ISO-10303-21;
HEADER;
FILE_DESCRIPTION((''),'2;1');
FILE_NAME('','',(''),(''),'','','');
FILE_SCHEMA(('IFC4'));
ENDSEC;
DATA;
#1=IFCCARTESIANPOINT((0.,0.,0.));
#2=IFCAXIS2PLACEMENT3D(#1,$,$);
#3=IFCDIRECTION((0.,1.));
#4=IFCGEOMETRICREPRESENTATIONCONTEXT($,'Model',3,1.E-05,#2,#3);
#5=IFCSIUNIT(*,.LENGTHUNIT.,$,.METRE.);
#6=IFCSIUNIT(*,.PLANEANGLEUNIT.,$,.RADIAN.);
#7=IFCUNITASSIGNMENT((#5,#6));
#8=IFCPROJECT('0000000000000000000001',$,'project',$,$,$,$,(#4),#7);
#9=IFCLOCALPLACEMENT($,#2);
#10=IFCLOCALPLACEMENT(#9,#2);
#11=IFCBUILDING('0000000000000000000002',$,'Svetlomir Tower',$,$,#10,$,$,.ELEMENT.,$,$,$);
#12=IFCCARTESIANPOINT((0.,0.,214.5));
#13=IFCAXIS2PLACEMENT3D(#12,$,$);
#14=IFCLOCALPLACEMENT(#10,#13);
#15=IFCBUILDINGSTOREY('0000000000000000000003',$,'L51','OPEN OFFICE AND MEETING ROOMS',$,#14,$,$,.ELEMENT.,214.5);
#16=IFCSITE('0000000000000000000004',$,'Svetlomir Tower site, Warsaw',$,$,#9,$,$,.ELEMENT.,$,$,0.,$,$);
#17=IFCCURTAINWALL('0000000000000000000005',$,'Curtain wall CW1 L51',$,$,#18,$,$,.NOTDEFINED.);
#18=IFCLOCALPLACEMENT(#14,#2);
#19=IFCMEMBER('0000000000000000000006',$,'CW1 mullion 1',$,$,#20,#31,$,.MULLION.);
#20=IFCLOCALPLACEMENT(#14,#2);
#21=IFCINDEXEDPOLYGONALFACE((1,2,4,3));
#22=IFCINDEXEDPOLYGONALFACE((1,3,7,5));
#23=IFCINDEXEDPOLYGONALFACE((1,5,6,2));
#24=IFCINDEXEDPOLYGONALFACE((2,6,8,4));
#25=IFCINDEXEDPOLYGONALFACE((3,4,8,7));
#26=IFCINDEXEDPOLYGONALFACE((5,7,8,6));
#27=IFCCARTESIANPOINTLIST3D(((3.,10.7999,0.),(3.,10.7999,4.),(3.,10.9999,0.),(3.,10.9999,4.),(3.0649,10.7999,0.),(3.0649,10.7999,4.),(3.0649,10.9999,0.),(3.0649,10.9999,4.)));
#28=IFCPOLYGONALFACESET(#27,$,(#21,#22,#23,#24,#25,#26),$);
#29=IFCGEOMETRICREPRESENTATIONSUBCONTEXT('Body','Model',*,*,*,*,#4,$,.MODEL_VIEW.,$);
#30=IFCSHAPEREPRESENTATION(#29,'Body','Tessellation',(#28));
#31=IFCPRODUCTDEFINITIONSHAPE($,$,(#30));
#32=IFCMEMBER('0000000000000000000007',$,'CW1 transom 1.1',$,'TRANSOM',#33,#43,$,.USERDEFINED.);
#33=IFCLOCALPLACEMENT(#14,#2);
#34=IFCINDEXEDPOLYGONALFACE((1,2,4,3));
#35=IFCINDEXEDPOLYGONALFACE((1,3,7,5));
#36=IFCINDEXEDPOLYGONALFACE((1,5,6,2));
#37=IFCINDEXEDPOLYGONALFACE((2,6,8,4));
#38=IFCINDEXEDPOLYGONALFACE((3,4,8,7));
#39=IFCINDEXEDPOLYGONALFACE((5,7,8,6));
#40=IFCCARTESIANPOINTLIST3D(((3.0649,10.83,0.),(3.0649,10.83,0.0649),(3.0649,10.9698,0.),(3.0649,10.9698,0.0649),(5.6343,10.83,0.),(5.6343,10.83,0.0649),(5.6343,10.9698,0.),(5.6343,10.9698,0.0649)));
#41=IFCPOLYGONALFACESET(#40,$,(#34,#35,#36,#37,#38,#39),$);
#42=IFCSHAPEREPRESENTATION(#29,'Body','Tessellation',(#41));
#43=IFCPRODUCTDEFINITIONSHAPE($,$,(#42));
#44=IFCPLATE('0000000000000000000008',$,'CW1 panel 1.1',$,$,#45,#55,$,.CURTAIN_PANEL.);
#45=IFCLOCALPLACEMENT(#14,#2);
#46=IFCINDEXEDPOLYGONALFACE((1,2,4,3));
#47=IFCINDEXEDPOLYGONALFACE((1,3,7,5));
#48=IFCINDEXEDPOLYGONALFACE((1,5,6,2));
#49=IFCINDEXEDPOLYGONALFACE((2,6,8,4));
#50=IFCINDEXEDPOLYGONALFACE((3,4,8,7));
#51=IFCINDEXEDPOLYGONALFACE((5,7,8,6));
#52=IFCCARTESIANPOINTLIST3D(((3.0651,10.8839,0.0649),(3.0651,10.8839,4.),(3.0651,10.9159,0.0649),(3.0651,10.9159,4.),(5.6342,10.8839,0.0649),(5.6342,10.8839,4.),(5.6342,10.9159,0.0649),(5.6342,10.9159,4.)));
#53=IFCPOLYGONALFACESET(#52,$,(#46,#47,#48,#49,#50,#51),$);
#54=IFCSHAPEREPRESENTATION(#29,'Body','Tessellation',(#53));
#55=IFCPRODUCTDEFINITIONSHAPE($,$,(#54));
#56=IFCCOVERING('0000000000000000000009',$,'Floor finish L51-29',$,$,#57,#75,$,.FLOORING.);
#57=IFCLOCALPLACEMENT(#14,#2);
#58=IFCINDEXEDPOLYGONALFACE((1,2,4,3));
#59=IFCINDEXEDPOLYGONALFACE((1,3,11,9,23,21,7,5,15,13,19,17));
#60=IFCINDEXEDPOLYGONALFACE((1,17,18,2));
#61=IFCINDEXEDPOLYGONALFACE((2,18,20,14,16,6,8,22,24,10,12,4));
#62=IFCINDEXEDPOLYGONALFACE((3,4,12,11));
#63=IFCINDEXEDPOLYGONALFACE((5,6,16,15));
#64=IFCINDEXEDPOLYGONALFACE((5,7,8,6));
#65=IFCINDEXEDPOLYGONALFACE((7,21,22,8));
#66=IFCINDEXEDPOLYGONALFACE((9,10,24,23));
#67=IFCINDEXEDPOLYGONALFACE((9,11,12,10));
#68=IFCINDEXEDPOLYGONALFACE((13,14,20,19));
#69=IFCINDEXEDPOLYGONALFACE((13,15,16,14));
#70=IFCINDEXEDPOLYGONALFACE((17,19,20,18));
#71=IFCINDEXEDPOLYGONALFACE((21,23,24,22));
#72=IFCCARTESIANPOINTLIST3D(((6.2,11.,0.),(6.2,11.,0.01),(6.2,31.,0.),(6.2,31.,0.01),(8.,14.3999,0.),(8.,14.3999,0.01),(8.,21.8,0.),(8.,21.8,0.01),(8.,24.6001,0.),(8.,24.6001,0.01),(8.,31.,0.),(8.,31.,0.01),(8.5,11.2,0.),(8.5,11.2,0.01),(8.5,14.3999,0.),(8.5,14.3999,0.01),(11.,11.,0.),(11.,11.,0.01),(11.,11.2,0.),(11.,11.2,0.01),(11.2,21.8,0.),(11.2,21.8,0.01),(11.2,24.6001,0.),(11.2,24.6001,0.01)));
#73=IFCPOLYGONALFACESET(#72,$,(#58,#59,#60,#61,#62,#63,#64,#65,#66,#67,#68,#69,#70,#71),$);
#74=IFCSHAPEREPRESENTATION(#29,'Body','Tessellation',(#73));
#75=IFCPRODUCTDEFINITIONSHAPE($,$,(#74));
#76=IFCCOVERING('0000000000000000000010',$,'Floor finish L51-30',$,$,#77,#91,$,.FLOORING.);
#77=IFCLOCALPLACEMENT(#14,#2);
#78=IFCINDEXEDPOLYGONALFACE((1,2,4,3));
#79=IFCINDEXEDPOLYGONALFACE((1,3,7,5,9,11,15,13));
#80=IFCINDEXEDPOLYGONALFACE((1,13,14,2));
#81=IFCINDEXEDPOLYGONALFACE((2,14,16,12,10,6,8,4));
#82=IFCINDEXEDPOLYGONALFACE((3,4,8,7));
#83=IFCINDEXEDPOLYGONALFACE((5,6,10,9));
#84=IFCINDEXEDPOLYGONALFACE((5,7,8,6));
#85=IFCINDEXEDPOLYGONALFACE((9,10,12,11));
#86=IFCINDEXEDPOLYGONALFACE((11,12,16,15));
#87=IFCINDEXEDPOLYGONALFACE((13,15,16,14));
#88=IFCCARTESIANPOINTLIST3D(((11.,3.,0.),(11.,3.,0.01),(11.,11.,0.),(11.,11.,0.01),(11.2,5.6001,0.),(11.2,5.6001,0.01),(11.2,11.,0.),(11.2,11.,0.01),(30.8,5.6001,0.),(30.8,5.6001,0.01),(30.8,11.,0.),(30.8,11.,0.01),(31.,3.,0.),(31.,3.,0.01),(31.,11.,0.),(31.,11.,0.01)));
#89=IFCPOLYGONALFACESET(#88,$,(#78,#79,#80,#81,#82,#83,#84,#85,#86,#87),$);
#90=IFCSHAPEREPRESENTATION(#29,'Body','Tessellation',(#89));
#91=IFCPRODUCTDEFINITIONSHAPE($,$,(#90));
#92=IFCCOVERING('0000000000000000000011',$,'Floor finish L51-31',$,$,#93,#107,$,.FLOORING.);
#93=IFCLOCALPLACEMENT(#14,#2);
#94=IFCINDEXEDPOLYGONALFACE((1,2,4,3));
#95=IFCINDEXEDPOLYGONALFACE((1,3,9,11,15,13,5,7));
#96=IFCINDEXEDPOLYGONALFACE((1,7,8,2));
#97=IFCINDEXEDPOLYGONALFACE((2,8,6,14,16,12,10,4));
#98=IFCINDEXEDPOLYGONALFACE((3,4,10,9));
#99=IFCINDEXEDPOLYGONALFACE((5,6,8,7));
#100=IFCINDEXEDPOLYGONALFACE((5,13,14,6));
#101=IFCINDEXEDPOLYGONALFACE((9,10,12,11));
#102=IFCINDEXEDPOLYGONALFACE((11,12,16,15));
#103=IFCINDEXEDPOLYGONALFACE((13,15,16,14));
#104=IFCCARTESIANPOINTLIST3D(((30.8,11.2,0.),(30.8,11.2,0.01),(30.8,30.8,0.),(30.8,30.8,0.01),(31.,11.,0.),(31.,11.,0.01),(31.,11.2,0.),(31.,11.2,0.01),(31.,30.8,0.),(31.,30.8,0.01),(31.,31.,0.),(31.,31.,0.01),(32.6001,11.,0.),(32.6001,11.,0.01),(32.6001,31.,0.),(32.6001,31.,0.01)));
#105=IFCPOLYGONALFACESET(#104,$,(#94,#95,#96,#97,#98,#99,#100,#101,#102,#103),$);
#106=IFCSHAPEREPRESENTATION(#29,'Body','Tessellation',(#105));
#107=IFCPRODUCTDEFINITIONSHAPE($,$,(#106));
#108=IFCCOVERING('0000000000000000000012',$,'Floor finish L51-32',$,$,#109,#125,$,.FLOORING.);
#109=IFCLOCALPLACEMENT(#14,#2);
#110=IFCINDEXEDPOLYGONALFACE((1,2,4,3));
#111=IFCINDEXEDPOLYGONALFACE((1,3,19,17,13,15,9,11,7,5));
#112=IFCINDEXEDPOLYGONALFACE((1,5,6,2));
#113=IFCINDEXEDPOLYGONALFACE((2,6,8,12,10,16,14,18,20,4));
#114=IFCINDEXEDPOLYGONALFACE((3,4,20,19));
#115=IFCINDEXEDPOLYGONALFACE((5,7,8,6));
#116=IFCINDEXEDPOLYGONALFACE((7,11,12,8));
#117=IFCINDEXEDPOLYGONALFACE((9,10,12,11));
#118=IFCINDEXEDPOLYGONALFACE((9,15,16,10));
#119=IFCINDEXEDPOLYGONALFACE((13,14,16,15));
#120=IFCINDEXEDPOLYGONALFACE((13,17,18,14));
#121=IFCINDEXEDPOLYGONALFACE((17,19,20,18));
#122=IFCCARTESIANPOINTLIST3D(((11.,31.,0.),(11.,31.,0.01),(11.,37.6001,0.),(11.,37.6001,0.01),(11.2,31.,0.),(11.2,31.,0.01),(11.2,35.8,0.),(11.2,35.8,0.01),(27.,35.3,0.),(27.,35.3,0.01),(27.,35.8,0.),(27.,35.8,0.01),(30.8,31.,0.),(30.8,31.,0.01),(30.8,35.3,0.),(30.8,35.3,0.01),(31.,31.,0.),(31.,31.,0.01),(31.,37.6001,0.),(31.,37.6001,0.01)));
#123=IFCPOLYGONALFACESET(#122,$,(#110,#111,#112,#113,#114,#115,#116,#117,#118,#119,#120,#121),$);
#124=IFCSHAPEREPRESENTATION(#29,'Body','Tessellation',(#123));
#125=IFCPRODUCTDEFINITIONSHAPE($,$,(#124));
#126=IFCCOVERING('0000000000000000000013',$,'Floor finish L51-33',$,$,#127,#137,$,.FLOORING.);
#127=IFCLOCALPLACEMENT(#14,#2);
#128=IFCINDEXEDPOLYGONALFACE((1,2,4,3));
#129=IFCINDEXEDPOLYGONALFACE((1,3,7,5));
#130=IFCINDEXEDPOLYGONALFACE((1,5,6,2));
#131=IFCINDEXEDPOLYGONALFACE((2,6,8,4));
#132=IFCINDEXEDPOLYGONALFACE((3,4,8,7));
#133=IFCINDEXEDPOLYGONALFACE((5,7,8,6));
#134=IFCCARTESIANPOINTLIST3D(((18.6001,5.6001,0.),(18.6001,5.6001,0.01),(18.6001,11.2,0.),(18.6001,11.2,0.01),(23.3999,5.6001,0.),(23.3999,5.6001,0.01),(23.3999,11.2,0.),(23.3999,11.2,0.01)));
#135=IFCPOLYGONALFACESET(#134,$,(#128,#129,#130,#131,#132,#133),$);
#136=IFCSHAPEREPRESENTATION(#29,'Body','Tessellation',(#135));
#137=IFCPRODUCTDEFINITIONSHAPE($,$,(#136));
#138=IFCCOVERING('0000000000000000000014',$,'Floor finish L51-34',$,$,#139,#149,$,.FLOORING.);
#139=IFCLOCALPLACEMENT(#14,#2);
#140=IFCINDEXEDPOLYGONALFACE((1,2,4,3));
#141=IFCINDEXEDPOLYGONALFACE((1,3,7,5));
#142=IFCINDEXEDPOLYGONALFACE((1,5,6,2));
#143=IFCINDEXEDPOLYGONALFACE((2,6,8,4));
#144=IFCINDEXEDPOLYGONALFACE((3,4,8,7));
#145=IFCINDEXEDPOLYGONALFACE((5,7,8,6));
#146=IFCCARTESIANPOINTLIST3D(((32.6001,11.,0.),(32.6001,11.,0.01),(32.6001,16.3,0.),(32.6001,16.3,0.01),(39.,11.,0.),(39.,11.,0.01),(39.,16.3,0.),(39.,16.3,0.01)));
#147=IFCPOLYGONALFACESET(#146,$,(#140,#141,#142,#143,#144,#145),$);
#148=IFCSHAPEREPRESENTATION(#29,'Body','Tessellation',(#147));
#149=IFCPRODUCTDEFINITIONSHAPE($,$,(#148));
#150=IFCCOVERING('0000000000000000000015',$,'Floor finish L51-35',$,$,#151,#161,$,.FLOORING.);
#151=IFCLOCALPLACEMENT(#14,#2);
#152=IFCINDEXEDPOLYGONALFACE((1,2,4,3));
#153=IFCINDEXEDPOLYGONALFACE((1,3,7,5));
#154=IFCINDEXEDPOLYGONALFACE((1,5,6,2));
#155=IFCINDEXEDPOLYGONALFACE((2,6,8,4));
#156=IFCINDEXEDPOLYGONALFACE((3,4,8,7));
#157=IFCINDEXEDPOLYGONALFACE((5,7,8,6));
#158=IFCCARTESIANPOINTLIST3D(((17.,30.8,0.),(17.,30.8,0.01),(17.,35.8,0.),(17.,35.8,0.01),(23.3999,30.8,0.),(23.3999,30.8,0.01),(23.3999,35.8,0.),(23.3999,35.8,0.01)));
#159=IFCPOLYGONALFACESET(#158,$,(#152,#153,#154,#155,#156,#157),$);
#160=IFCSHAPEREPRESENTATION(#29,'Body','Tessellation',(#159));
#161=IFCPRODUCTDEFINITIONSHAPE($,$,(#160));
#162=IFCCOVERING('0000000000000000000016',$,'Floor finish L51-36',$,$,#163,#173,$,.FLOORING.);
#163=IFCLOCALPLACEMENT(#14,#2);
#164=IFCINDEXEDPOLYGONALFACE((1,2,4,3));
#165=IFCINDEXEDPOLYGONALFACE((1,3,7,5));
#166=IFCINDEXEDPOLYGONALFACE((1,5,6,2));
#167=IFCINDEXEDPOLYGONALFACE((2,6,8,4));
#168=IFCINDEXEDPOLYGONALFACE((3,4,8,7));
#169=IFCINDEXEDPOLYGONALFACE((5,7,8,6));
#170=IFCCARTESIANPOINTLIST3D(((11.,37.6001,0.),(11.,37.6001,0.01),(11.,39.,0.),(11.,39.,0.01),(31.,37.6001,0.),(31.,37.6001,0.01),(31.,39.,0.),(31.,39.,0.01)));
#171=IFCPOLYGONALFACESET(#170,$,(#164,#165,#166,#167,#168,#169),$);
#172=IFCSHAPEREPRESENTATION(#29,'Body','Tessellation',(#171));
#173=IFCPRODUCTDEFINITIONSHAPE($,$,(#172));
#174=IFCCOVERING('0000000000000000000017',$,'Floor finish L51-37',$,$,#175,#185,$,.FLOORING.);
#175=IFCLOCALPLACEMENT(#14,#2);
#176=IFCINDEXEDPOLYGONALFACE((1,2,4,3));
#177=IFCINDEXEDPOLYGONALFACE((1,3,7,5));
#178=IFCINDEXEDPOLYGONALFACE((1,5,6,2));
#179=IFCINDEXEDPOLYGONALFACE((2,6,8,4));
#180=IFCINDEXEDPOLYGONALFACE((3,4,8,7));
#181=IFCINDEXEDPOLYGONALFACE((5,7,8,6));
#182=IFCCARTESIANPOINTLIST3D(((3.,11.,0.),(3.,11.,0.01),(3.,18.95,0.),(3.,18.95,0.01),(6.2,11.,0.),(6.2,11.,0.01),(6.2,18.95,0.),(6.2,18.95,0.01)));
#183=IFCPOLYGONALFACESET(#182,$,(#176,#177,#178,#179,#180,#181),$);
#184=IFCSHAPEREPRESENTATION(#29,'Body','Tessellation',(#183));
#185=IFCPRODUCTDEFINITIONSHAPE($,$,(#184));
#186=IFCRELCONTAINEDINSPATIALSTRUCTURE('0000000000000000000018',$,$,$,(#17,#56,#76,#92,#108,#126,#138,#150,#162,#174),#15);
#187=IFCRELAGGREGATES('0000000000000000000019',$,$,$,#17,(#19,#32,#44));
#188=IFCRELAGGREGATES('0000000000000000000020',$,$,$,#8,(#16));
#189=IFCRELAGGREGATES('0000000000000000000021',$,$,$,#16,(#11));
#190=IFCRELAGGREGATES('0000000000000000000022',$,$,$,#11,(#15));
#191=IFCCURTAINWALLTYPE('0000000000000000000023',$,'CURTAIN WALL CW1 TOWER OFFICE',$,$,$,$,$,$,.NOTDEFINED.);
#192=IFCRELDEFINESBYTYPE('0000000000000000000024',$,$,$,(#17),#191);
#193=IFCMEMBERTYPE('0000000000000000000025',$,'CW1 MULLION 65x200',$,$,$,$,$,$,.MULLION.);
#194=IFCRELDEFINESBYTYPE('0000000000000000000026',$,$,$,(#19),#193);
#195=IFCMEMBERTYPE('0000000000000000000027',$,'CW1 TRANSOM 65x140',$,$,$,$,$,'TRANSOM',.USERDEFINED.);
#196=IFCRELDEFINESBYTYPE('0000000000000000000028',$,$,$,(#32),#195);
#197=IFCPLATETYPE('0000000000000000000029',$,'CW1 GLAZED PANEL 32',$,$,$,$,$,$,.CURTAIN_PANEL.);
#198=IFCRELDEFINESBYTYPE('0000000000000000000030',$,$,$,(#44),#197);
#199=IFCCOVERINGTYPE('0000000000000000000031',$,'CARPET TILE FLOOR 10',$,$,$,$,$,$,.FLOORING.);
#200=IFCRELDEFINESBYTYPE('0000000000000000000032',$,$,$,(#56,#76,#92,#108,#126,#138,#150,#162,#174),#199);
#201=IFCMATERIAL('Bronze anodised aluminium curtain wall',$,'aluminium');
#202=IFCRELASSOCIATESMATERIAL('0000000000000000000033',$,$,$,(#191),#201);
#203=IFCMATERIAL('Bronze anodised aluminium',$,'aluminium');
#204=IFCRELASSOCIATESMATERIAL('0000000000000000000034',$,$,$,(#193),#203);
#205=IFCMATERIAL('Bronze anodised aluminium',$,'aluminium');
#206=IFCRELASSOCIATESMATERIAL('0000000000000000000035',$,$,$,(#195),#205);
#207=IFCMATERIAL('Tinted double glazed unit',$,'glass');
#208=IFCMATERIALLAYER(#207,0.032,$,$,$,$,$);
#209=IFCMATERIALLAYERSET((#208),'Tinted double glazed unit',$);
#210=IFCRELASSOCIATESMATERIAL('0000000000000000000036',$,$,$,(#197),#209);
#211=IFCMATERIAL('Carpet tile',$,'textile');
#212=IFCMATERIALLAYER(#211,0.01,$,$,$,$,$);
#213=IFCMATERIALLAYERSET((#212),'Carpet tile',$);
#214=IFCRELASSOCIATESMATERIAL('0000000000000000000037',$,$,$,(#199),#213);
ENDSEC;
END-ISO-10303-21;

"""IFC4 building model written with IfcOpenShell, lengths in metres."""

from ifc_helpers import new_model, si_unit, direction, frame, origin, origin_2d, place, context, subcontext, project, spatial, polyline, rectangle, outline, extrude, material, layer, layer_set, material_profile, profile_set, type_object, element, aggregate, save


model = new_model("IFC4")

# Units and contexts
model_context = context("Model", 3, precision=1e-05, world=origin(), true_north=direction((0.0, 1.0)))
body_context = subcontext(model_context, "Body", "Model", "MODEL_VIEW")
ifc_project = project(units=[si_unit("LENGTHUNIT", "METRE"), si_unit("PLANEANGLEUNIT", "RADIAN")], contexts=[model_context])

# Site, building, storey
site_placement = place(None, origin())
site = spatial("IfcSite", under=ifc_project, at=site_placement, Name="Svetlomir Tower site, Warsaw", CompositionType="ELEMENT", RefElevation=0.0)
building_placement = place(site_placement, origin())
building = spatial("IfcBuilding", under=site, at=building_placement, Name="Svetlomir Tower", CompositionType="ELEMENT")
storey_placement = place(building_placement, frame((0.0, 0.0, 214.5)))
storey = spatial("IfcBuildingStorey", under=building, at=storey_placement, Name="L51", Description="OPEN OFFICE AND MEETING ROOMS", CompositionType="ELEMENT", Elevation=214.5)

# Curtain wall, members, plate
ifc_material_1 = material(Name="Bronze anodised aluminium curtain wall", Category="aluminium")
curtain_wall_type = type_object("IfcCurtainWallType", Name="CURTAIN WALL CW1 TOWER OFFICE", PredefinedType="NOTDEFINED", material=ifc_material_1)
curtain_wall_placement = place(storey_placement, origin())
curtain_wall = element("IfcCurtainWall", 1, at=curtain_wall_placement, inside=storey, type_object=curtain_wall_type, Name="Curtain wall CW1 L51", PredefinedType="NOTDEFINED")
ifc_material_2 = material(Name="Bronze anodised aluminium", Category="aluminium")
ifc_material_profile_1 = material_profile(ifc_material_2, rectangle(XDim=0.0649, YDim=0.2, at=origin_2d()), Name="AL 65x200")
ifc_profile_set_1 = profile_set([ifc_material_profile_1], Name="Bronze anodised aluminium 6063-T6")
member_type_1 = type_object("IfcMemberType", Name="CW1 MULLION 65x200", PredefinedType="MULLION", material=ifc_profile_set_1)
member_1_placement = place(storey_placement, frame((3.0325, 10.8999, 0.0), z_axis=(0.0, 0.0, 1.0), x_axis=(1.0, 0.0, 0.0)))
member_1 = element("IfcMember", 2, at=member_1_placement, type_object=member_type_1, Name="CW1 mullion 1", PredefinedType="MULLION", context=body_context, shape_type="SweptSolid", body=[
    extrude(rectangle(XDim=0.0649, YDim=0.2, at=origin_2d()), origin(), (0.0, 0.0, 1.0), 4.0),
])
ifc_material_3 = material(Name="Bronze anodised aluminium", Category="aluminium")
ifc_material_profile_2 = material_profile(ifc_material_3, rectangle(XDim=0.1399, YDim=0.0649, at=origin_2d()), Name="AL 140x65")
ifc_profile_set_2 = profile_set([ifc_material_profile_2], Name="Bronze anodised aluminium 6063-T6")
member_type_2 = type_object("IfcMemberType", Name="CW1 TRANSOM 65x140", ElementType="TRANSOM", PredefinedType="USERDEFINED", material=ifc_profile_set_2)
member_2_placement = place(storey_placement, frame((3.0649, 10.8999, 0.0325), z_axis=(1.0, 0.0, 0.0), x_axis=(0.0, 1.0, 0.0)))
member_2 = element("IfcMember", 3, at=member_2_placement, type_object=member_type_2, Name="CW1 transom 1.1", ObjectType="TRANSOM", PredefinedType="USERDEFINED", context=body_context, shape_type="SweptSolid", body=[
    extrude(rectangle(XDim=0.1399, YDim=0.0649, at=origin_2d()), origin(), (0.0, 0.0, 1.0), 2.5693),
])
ifc_material_4 = material(Name="Tinted double glazed unit", Category="glass")
ifc_layer_1 = layer(ifc_material_4, 0.032)
ifc_layer_set_1 = layer_set([ifc_layer_1], Name="Tinted double glazed unit")
plate_type = type_object("IfcPlateType", Name="CW1 GLAZED PANEL 32", PredefinedType="CURTAIN_PANEL", material=ifc_layer_set_1)
plate_placement = place(storey_placement, frame((4.3496, 10.8999, 0.0649), z_axis=(0.0, 0.0, 1.0), x_axis=(1.0, 0.0, 0.0)))
plate = element("IfcPlate", 4, at=plate_placement, type_object=plate_type, Name="CW1 panel 1.1", PredefinedType="CURTAIN_PANEL", context=body_context, shape_type="SweptSolid", body=[
    extrude(rectangle(XDim=2.5691, YDim=0.032, at=origin_2d()), origin(), (0.0, 0.0, 1.0), 3.9351),
])
aggregate(curtain_wall, [member_1, member_2, plate])

# Coverings
ifc_material_5 = material(Name="Carpet tile", Category="textile")
ifc_layer_2 = layer(ifc_material_5, 0.01)
ifc_layer_set_2 = layer_set([ifc_layer_2], Name="Carpet tile")
covering_type_1 = type_object("IfcCoveringType", Name="CARPET TILE FLOOR 10", PredefinedType="FLOORING", material=ifc_layer_set_2)
covering_1_placement = place(storey_placement, origin())
element("IfcCovering", 5, at=covering_1_placement, inside=storey, type_object=covering_type_1, Name="Floor finish L51-29", PredefinedType="FLOORING", context=body_context, shape_type="SweptSolid", body=[
    extrude(outline(polyline([(6.2, 11.0), (6.2, 31.0), (8.0, 31.0), (8.0, 24.6001), (11.2, 24.6001), (11.2, 21.8), (8.0, 21.8), (8.0, 14.3999), (8.5, 14.3999), (8.5, 11.2), (11.0, 11.2), (11.0, 11.0), (6.2, 11.0)])), origin(), (0.0, 0.0, 1.0), 0.01),
])
covering_2_placement = place(storey_placement, origin())
element("IfcCovering", 6, at=covering_2_placement, inside=storey, type_object=covering_type_1, Name="Floor finish L51-30", PredefinedType="FLOORING", context=body_context, shape_type="SweptSolid", body=[
    extrude(outline(polyline([(11.2, 5.6001), (30.8, 5.6001), (30.8, 11.0), (31.0, 11.0), (31.0, 3.0), (11.0, 3.0), (11.0, 11.0), (11.2, 11.0), (11.2, 5.6001)])), origin(), (0.0, 0.0, 1.0), 0.01),
])
covering_3_placement = place(storey_placement, origin())
element("IfcCovering", 7, at=covering_3_placement, inside=storey, type_object=covering_type_1, Name="Floor finish L51-31", PredefinedType="FLOORING", context=body_context, shape_type="SweptSolid", body=[
    extrude(outline(polyline([(30.8, 11.2), (30.8, 30.8), (31.0, 30.8), (31.0, 31.0), (32.6001, 31.0), (32.6001, 11.0), (31.0, 11.0), (31.0, 11.2), (30.8, 11.2)])), origin(), (0.0, 0.0, 1.0), 0.01),
])
covering_4_placement = place(storey_placement, origin())
element("IfcCovering", 8, at=covering_4_placement, inside=storey, type_object=covering_type_1, Name="Floor finish L51-32", PredefinedType="FLOORING", context=body_context, shape_type="SweptSolid", body=[
    extrude(outline(polyline([(30.8, 35.3), (27.0, 35.3), (27.0, 35.8), (11.2, 35.8), (11.2, 31.0), (11.0, 31.0), (11.0, 37.6001), (31.0, 37.6001), (31.0, 31.0), (30.8, 31.0), (30.8, 35.3)])), origin(), (0.0, 0.0, 1.0), 0.01),
])
covering_5_placement = place(storey_placement, origin())
element("IfcCovering", 9, at=covering_5_placement, inside=storey, type_object=covering_type_1, Name="Floor finish L51-33", PredefinedType="FLOORING", context=body_context, shape_type="SweptSolid", body=[
    extrude(outline(polyline([(23.3999, 11.2), (23.3999, 5.6001), (18.6001, 5.6001), (18.6001, 11.2), (23.3999, 11.2)])), origin(), (0.0, 0.0, 1.0), 0.01),
])
covering_6_placement = place(storey_placement, origin())
element("IfcCovering", 10, at=covering_6_placement, inside=storey, type_object=covering_type_1, Name="Floor finish L51-34", PredefinedType="FLOORING", context=body_context, shape_type="SweptSolid", body=[
    extrude(outline(polyline([(32.6001, 16.3), (39.0, 16.3), (39.0, 11.0), (32.6001, 11.0), (32.6001, 16.3)])), origin(), (0.0, 0.0, 1.0), 0.01),
])
covering_7_placement = place(storey_placement, origin())
element("IfcCovering", 11, at=covering_7_placement, inside=storey, type_object=covering_type_1, Name="Floor finish L51-35", PredefinedType="FLOORING", context=body_context, shape_type="SweptSolid", body=[
    extrude(outline(polyline([(17.0, 30.8), (17.0, 35.8), (23.3999, 35.8), (23.3999, 30.8), (17.0, 30.8)])), origin(), (0.0, 0.0, 1.0), 0.01),
])
covering_8_placement = place(storey_placement, origin())
element("IfcCovering", 12, at=covering_8_placement, inside=storey, type_object=covering_type_1, Name="Floor finish L51-36", PredefinedType="FLOORING", context=body_context, shape_type="SweptSolid", body=[
    extrude(outline(polyline([(31.0, 39.0), (31.0, 37.6001), (11.0, 37.6001), (11.0, 39.0), (31.0, 39.0)])), origin(), (0.0, 0.0, 1.0), 0.01),
])
covering_9_placement = place(storey_placement, origin())
element("IfcCovering", 13, at=covering_9_placement, inside=storey, type_object=covering_type_1, Name="Floor finish L51-37", PredefinedType="FLOORING", context=body_context, shape_type="SweptSolid", body=[
    extrude(outline(polyline([(3.0, 18.95), (6.2, 18.95), (6.2, 11.0), (3.0, 11.0), (3.0, 18.95)])), origin(), (0.0, 0.0, 1.0), 0.01),
])

save(model, "model.ifc")
